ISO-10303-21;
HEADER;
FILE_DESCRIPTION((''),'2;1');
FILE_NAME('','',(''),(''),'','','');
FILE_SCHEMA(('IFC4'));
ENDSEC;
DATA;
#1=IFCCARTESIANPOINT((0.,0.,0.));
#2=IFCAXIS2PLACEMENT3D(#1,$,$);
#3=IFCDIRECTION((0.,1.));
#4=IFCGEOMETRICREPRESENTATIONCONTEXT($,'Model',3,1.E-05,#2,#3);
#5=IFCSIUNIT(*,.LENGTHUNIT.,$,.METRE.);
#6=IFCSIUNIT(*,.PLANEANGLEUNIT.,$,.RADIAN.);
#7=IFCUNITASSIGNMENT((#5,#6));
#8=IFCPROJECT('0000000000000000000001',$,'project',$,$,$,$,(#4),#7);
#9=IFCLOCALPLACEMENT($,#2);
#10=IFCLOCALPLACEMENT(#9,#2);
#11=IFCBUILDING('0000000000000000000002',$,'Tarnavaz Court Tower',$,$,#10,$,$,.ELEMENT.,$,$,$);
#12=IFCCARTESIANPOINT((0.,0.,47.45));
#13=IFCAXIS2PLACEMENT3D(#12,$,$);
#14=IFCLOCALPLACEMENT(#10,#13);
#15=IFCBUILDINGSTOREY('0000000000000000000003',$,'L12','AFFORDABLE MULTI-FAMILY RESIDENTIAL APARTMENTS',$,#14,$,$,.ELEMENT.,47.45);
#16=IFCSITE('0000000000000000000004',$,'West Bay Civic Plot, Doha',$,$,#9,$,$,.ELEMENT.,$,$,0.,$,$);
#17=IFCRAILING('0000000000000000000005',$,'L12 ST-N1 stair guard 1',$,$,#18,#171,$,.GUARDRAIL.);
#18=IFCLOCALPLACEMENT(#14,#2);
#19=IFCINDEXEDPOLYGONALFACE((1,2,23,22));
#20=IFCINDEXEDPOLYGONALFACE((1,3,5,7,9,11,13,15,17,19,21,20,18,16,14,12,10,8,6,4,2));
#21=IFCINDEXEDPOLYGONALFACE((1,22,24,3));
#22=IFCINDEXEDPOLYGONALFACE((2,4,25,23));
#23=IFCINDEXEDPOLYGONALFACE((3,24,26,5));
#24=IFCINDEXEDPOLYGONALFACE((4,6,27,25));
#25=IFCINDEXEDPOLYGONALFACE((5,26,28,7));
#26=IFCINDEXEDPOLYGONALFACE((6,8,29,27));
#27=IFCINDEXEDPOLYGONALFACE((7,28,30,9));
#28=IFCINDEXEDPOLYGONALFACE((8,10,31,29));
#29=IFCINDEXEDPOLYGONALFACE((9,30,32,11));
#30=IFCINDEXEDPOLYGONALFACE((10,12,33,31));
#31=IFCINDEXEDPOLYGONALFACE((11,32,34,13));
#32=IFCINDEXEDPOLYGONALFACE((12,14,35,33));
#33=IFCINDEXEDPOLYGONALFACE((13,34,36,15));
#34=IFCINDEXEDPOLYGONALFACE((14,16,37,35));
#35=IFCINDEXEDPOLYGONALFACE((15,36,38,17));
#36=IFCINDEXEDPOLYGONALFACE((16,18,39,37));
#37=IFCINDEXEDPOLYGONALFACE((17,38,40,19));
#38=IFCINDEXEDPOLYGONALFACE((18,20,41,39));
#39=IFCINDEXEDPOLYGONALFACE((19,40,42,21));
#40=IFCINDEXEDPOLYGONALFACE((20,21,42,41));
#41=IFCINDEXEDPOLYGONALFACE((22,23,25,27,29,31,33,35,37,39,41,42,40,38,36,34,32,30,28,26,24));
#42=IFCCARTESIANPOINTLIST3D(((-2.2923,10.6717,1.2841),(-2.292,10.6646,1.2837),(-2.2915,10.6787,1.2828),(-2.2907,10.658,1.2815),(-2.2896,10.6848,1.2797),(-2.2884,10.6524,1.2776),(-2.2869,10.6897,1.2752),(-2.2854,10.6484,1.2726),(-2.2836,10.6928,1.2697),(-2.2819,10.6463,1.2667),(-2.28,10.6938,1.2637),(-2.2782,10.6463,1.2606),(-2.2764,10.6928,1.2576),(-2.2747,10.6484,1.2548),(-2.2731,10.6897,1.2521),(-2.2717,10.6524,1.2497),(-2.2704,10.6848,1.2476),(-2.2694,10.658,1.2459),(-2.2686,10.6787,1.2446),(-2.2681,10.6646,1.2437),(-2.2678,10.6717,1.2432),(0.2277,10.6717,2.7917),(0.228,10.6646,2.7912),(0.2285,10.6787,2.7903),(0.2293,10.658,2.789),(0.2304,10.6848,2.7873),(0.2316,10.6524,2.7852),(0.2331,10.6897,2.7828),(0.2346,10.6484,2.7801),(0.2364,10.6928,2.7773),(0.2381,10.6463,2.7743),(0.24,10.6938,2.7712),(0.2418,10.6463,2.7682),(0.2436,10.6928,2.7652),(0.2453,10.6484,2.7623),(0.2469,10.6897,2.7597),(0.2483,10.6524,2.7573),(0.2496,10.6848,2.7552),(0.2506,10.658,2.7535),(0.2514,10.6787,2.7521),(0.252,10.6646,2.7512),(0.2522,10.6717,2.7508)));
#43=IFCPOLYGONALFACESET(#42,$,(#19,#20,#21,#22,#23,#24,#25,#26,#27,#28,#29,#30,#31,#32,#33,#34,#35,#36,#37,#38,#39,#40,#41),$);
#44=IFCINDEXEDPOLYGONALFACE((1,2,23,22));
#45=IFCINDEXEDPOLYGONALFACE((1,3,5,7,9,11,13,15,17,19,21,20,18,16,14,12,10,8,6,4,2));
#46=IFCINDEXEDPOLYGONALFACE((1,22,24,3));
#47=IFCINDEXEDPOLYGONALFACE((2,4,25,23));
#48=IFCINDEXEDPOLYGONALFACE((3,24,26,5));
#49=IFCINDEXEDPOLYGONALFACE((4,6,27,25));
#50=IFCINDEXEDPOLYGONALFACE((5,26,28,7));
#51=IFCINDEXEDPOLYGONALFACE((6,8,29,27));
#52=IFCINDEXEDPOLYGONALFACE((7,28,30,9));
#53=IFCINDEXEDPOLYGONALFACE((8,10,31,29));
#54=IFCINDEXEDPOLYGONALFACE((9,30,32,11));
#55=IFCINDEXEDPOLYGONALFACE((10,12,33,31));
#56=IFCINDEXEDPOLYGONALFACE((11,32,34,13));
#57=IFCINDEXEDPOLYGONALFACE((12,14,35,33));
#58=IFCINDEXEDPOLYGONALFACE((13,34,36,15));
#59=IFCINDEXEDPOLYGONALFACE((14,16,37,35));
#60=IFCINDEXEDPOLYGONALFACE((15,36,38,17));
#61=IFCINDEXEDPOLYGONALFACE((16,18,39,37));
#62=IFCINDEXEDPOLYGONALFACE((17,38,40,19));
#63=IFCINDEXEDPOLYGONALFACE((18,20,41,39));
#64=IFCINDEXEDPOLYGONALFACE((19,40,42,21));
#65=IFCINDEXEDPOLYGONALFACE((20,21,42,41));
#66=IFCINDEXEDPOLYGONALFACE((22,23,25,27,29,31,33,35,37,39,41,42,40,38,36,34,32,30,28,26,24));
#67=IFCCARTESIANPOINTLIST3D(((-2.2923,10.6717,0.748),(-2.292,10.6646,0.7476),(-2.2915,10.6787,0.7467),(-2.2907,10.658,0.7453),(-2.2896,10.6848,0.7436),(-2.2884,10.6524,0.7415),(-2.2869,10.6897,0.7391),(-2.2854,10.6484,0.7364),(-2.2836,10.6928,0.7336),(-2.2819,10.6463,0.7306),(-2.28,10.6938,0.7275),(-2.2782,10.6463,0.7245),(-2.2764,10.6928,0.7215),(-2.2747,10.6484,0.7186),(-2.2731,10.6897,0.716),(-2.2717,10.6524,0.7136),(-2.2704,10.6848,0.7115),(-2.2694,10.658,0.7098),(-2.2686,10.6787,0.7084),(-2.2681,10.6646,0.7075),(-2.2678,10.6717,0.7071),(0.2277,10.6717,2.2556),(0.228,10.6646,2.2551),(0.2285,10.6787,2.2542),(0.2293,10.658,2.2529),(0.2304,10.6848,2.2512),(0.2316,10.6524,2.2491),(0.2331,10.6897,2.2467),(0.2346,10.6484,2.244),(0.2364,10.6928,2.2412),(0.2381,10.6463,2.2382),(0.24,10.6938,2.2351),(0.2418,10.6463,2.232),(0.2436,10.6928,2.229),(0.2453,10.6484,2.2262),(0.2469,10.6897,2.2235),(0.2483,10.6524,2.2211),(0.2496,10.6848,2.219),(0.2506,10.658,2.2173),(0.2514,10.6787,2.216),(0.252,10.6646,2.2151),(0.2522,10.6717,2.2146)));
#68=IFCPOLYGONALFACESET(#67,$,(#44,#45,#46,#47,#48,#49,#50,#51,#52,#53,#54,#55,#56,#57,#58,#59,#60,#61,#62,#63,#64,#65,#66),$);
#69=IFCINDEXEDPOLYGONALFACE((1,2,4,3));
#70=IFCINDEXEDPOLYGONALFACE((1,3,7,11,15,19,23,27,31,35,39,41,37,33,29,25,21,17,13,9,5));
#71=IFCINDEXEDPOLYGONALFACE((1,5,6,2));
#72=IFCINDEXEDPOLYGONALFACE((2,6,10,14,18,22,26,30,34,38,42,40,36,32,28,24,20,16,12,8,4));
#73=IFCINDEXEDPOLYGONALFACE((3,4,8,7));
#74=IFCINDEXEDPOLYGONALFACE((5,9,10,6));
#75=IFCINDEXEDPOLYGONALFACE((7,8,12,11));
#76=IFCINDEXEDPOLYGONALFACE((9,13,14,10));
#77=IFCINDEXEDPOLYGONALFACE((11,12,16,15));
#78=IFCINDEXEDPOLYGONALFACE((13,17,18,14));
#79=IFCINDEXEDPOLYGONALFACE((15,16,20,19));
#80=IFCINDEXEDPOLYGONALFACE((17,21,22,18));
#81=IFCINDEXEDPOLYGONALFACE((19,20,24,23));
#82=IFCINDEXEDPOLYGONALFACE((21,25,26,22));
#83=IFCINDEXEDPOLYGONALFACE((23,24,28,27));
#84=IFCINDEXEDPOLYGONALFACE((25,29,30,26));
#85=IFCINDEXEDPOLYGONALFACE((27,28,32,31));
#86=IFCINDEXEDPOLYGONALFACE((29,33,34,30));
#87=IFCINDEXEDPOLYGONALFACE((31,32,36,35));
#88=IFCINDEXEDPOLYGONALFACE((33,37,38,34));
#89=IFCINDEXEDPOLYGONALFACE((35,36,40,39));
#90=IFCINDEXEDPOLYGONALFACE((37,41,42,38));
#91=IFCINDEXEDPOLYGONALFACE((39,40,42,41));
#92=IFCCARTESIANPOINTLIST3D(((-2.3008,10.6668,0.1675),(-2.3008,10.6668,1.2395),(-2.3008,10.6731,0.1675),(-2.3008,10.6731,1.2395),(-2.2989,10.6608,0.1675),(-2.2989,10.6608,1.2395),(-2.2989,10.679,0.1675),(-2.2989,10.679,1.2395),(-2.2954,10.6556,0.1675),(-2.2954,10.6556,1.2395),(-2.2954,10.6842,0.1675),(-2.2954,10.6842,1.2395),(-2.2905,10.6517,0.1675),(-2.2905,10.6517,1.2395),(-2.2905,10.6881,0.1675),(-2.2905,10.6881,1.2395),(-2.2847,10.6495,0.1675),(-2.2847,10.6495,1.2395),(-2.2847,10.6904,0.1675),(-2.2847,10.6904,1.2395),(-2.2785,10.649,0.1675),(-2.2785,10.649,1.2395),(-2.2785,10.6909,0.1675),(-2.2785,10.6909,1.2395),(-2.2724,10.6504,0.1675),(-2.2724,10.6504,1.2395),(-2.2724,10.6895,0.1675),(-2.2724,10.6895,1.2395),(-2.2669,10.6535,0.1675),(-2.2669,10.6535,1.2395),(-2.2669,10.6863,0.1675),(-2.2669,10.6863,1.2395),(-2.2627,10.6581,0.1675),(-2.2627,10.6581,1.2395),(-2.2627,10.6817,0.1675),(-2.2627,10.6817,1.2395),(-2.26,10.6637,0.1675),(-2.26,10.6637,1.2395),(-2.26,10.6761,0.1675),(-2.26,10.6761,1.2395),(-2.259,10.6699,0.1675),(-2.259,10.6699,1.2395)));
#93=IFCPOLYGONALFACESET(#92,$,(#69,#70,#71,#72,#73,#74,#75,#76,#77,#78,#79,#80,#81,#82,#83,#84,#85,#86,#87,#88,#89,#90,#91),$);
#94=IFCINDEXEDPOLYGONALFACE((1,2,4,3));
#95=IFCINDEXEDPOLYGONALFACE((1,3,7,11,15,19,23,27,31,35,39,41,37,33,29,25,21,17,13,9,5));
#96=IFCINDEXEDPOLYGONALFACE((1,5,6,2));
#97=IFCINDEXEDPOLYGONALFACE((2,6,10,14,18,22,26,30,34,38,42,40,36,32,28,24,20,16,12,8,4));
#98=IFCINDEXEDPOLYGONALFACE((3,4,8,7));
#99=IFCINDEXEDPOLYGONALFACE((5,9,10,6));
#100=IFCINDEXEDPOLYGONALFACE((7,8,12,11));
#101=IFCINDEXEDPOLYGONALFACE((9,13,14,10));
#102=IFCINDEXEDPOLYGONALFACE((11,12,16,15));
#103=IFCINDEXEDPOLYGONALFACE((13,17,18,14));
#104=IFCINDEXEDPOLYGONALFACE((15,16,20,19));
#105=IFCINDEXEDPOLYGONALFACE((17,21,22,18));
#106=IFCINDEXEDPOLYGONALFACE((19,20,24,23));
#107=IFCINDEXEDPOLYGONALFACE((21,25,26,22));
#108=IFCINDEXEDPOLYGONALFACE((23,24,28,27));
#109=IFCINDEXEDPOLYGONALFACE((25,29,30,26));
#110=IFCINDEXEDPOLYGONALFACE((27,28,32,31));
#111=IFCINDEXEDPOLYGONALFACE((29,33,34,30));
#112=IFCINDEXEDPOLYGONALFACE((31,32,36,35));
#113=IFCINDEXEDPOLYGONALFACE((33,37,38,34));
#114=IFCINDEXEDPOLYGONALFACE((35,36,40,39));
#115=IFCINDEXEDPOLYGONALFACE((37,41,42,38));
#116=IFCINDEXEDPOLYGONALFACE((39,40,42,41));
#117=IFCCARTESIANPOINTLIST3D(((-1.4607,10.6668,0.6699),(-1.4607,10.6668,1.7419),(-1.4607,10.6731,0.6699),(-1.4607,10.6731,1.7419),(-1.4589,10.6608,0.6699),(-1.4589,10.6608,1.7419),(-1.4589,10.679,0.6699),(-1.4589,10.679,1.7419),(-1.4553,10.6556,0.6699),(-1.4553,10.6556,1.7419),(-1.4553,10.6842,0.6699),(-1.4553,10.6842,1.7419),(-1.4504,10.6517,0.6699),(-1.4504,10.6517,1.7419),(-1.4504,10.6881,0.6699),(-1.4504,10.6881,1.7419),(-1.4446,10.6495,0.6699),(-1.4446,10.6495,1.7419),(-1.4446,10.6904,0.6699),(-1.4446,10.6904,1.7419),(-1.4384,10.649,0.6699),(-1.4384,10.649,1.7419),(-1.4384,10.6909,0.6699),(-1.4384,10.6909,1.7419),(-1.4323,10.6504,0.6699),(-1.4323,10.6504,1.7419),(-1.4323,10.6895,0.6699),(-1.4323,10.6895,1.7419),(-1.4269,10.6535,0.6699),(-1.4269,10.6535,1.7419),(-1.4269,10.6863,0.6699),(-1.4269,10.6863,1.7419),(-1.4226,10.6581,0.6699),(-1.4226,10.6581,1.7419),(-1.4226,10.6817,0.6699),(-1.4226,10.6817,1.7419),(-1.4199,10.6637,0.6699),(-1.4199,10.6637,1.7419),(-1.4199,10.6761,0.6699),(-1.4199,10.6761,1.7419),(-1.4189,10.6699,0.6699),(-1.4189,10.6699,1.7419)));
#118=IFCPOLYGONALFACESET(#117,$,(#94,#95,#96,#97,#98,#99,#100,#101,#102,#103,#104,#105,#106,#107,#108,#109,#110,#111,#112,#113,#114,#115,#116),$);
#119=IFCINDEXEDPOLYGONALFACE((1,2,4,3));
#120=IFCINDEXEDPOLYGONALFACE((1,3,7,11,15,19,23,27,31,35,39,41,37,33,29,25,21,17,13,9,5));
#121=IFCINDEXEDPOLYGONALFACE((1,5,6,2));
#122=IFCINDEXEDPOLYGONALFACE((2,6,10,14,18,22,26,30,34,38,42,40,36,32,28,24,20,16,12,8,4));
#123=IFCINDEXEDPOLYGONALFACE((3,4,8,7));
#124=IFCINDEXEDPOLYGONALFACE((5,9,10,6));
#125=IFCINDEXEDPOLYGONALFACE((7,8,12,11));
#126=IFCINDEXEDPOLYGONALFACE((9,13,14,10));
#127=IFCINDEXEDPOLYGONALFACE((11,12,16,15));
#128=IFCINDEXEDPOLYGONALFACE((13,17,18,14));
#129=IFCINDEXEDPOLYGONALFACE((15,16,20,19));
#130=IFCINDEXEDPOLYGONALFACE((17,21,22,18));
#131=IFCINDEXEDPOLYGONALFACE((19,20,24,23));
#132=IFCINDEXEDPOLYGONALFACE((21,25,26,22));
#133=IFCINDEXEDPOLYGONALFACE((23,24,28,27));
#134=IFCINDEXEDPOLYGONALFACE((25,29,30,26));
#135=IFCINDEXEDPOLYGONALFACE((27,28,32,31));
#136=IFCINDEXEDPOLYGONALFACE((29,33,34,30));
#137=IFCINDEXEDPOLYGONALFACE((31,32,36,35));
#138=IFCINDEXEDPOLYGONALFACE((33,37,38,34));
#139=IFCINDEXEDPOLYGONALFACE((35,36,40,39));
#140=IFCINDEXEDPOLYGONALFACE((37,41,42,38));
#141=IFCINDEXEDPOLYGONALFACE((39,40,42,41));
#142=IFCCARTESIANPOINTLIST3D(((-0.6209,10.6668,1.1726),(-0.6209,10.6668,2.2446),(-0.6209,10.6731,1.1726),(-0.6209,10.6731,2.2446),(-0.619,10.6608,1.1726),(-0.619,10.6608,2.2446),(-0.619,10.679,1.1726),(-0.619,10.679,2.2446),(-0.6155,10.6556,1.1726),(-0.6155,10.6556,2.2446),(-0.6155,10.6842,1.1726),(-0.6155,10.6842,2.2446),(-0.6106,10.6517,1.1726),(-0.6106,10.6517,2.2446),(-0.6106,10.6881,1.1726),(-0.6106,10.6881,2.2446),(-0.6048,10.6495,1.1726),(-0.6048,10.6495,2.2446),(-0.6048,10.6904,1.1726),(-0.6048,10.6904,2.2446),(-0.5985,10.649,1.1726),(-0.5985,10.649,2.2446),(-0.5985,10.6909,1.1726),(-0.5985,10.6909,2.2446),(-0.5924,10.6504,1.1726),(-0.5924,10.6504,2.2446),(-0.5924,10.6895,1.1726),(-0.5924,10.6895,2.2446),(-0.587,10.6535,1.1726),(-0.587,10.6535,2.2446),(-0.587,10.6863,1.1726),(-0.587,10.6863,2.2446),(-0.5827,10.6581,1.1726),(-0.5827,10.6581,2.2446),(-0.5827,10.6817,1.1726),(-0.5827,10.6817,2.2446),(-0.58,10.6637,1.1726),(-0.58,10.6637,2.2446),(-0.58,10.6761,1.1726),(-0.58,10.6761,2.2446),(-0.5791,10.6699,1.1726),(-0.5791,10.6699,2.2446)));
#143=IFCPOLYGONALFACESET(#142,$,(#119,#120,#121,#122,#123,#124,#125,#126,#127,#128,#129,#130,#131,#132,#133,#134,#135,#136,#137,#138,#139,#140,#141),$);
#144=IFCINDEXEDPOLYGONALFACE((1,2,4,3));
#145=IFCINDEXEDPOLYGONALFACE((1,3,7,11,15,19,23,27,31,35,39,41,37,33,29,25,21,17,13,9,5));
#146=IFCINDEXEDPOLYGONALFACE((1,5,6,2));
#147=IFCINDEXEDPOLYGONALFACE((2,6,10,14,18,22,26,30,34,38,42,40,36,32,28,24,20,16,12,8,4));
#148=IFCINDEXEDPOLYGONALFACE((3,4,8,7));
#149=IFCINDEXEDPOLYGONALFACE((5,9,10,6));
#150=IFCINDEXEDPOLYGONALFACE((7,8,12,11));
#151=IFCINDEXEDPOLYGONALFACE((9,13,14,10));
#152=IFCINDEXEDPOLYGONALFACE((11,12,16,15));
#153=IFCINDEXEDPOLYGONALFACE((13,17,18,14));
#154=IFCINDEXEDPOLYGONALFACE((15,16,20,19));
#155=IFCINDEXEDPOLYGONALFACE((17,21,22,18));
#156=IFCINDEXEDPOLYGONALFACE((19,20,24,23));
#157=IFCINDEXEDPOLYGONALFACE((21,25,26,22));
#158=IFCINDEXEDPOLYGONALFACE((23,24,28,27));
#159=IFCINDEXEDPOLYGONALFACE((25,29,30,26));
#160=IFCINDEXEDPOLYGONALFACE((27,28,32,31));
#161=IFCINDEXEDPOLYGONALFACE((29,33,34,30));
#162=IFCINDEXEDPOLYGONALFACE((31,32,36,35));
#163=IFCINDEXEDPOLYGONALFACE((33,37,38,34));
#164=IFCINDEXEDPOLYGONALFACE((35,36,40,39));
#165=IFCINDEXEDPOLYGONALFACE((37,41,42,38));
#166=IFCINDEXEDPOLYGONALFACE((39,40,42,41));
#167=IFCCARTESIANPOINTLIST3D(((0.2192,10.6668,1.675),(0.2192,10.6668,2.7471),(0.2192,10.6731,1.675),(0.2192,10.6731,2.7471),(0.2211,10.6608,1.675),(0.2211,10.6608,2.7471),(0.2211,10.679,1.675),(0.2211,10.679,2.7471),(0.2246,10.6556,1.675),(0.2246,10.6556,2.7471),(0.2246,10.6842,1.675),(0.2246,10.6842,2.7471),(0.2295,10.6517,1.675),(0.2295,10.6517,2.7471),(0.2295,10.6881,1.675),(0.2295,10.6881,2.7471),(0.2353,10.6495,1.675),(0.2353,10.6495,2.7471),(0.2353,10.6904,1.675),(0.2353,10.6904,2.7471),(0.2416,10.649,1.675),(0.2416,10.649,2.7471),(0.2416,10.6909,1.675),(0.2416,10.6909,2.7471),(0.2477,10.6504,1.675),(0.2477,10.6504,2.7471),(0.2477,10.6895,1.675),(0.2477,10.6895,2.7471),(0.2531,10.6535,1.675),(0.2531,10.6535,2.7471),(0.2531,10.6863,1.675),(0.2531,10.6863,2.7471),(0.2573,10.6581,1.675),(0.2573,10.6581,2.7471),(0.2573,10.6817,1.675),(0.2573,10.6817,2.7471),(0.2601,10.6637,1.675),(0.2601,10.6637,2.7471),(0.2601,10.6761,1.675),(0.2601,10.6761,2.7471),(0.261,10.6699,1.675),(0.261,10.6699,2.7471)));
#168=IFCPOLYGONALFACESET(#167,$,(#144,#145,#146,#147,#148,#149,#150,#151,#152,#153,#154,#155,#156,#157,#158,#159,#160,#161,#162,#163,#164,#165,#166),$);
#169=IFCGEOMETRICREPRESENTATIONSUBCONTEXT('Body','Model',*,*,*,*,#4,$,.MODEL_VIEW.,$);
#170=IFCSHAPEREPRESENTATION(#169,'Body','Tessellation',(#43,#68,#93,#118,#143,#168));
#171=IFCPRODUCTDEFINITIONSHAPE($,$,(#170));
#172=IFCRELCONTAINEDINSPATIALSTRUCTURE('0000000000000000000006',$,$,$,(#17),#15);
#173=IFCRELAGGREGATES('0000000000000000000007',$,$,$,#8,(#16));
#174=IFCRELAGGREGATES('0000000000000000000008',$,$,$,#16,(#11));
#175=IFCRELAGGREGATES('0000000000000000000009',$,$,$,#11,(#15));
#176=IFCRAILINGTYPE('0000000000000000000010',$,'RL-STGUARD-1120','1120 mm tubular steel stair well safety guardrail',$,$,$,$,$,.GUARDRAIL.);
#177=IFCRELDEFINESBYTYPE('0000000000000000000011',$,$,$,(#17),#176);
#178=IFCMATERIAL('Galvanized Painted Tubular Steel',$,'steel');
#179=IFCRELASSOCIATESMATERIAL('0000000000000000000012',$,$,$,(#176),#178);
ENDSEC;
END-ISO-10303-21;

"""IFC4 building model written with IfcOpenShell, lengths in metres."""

from ifc_helpers import new_model, si_unit, direction, frame, origin, origin_2d, place, context, subcontext, project, spatial, circle, extrude, material, type_object, element, save


model = new_model("IFC4")

# Units and contexts
model_context = context("Model", 3, precision=1e-05, world=origin(), true_north=direction((0.0, 1.0)))
body_context = subcontext(model_context, "Body", "Model", "MODEL_VIEW")
ifc_project = project(units=[si_unit("LENGTHUNIT", "METRE"), si_unit("PLANEANGLEUNIT", "RADIAN")], contexts=[model_context])

# Site, building, storey
site_placement = place(None, origin())
site = spatial("IfcSite", under=ifc_project, at=site_placement, Name="West Bay Civic Plot, Doha", CompositionType="ELEMENT", RefElevation=0.0)
building_placement = place(site_placement, origin())
building = spatial("IfcBuilding", under=site, at=building_placement, Name="Tarnavaz Court Tower", CompositionType="ELEMENT")
storey_placement = place(building_placement, frame((0.0, 0.0, 47.45)))
storey = spatial("IfcBuildingStorey", under=building, at=storey_placement, Name="L12", Description="AFFORDABLE MULTI-FAMILY RESIDENTIAL APARTMENTS", CompositionType="ELEMENT", Elevation=47.45)

# Railing
ifc_material_1 = material(Name="Galvanized Painted Tubular Steel", Category="steel")
railing_type = type_object("IfcRailingType", Name="RL-STGUARD-1120", Description="1120 mm tubular steel stair well safety guardrail", PredefinedType="GUARDRAIL", material=ifc_material_1)
railing_1_placement = place(storey_placement, frame((-2.28, 10.6699, 0.1675)))
element("IfcRailing", 1, at=railing_1_placement, inside=storey, type_object=railing_type, Name="L12 ST-N1 stair guard 1", PredefinedType="GUARDRAIL", context=body_context, shape_type="SweptSolid", body=[
    extrude(circle(Radius=0.0239, at=origin_2d()), frame((0.0, 0.0, 1.0962), z_axis=(0.85816, 0.0, 0.513383), x_axis=(0.0, 1.0, 0.0)), (0.0, 0.0, 1.0), 2.9365),
    extrude(circle(Radius=0.0239, at=origin_2d()), frame((0.0, 0.0, 0.5601), z_axis=(0.85816, 0.0, 0.513383), x_axis=(0.0, 1.0, 0.0)), (0.0, 0.0, 1.0), 2.9365),
    extrude(circle(Radius=0.021, at=origin_2d()), origin(), (0.0, 0.0, 1.0), 1.072),
    extrude(circle(Radius=0.021, at=origin_2d()), frame((0.8401, 0.0, 0.5024)), (0.0, 0.0, 1.0), 1.072),
    extrude(circle(Radius=0.021, at=origin_2d()), frame((1.6799, 0.0, 1.0051)), (0.0, 0.0, 1.0), 1.072),
    extrude(circle(Radius=0.021, at=origin_2d()), frame((2.52, 0.0, 1.5076)), (0.0, 0.0, 1.0), 1.072),
])

save(model, "model.ifc")
